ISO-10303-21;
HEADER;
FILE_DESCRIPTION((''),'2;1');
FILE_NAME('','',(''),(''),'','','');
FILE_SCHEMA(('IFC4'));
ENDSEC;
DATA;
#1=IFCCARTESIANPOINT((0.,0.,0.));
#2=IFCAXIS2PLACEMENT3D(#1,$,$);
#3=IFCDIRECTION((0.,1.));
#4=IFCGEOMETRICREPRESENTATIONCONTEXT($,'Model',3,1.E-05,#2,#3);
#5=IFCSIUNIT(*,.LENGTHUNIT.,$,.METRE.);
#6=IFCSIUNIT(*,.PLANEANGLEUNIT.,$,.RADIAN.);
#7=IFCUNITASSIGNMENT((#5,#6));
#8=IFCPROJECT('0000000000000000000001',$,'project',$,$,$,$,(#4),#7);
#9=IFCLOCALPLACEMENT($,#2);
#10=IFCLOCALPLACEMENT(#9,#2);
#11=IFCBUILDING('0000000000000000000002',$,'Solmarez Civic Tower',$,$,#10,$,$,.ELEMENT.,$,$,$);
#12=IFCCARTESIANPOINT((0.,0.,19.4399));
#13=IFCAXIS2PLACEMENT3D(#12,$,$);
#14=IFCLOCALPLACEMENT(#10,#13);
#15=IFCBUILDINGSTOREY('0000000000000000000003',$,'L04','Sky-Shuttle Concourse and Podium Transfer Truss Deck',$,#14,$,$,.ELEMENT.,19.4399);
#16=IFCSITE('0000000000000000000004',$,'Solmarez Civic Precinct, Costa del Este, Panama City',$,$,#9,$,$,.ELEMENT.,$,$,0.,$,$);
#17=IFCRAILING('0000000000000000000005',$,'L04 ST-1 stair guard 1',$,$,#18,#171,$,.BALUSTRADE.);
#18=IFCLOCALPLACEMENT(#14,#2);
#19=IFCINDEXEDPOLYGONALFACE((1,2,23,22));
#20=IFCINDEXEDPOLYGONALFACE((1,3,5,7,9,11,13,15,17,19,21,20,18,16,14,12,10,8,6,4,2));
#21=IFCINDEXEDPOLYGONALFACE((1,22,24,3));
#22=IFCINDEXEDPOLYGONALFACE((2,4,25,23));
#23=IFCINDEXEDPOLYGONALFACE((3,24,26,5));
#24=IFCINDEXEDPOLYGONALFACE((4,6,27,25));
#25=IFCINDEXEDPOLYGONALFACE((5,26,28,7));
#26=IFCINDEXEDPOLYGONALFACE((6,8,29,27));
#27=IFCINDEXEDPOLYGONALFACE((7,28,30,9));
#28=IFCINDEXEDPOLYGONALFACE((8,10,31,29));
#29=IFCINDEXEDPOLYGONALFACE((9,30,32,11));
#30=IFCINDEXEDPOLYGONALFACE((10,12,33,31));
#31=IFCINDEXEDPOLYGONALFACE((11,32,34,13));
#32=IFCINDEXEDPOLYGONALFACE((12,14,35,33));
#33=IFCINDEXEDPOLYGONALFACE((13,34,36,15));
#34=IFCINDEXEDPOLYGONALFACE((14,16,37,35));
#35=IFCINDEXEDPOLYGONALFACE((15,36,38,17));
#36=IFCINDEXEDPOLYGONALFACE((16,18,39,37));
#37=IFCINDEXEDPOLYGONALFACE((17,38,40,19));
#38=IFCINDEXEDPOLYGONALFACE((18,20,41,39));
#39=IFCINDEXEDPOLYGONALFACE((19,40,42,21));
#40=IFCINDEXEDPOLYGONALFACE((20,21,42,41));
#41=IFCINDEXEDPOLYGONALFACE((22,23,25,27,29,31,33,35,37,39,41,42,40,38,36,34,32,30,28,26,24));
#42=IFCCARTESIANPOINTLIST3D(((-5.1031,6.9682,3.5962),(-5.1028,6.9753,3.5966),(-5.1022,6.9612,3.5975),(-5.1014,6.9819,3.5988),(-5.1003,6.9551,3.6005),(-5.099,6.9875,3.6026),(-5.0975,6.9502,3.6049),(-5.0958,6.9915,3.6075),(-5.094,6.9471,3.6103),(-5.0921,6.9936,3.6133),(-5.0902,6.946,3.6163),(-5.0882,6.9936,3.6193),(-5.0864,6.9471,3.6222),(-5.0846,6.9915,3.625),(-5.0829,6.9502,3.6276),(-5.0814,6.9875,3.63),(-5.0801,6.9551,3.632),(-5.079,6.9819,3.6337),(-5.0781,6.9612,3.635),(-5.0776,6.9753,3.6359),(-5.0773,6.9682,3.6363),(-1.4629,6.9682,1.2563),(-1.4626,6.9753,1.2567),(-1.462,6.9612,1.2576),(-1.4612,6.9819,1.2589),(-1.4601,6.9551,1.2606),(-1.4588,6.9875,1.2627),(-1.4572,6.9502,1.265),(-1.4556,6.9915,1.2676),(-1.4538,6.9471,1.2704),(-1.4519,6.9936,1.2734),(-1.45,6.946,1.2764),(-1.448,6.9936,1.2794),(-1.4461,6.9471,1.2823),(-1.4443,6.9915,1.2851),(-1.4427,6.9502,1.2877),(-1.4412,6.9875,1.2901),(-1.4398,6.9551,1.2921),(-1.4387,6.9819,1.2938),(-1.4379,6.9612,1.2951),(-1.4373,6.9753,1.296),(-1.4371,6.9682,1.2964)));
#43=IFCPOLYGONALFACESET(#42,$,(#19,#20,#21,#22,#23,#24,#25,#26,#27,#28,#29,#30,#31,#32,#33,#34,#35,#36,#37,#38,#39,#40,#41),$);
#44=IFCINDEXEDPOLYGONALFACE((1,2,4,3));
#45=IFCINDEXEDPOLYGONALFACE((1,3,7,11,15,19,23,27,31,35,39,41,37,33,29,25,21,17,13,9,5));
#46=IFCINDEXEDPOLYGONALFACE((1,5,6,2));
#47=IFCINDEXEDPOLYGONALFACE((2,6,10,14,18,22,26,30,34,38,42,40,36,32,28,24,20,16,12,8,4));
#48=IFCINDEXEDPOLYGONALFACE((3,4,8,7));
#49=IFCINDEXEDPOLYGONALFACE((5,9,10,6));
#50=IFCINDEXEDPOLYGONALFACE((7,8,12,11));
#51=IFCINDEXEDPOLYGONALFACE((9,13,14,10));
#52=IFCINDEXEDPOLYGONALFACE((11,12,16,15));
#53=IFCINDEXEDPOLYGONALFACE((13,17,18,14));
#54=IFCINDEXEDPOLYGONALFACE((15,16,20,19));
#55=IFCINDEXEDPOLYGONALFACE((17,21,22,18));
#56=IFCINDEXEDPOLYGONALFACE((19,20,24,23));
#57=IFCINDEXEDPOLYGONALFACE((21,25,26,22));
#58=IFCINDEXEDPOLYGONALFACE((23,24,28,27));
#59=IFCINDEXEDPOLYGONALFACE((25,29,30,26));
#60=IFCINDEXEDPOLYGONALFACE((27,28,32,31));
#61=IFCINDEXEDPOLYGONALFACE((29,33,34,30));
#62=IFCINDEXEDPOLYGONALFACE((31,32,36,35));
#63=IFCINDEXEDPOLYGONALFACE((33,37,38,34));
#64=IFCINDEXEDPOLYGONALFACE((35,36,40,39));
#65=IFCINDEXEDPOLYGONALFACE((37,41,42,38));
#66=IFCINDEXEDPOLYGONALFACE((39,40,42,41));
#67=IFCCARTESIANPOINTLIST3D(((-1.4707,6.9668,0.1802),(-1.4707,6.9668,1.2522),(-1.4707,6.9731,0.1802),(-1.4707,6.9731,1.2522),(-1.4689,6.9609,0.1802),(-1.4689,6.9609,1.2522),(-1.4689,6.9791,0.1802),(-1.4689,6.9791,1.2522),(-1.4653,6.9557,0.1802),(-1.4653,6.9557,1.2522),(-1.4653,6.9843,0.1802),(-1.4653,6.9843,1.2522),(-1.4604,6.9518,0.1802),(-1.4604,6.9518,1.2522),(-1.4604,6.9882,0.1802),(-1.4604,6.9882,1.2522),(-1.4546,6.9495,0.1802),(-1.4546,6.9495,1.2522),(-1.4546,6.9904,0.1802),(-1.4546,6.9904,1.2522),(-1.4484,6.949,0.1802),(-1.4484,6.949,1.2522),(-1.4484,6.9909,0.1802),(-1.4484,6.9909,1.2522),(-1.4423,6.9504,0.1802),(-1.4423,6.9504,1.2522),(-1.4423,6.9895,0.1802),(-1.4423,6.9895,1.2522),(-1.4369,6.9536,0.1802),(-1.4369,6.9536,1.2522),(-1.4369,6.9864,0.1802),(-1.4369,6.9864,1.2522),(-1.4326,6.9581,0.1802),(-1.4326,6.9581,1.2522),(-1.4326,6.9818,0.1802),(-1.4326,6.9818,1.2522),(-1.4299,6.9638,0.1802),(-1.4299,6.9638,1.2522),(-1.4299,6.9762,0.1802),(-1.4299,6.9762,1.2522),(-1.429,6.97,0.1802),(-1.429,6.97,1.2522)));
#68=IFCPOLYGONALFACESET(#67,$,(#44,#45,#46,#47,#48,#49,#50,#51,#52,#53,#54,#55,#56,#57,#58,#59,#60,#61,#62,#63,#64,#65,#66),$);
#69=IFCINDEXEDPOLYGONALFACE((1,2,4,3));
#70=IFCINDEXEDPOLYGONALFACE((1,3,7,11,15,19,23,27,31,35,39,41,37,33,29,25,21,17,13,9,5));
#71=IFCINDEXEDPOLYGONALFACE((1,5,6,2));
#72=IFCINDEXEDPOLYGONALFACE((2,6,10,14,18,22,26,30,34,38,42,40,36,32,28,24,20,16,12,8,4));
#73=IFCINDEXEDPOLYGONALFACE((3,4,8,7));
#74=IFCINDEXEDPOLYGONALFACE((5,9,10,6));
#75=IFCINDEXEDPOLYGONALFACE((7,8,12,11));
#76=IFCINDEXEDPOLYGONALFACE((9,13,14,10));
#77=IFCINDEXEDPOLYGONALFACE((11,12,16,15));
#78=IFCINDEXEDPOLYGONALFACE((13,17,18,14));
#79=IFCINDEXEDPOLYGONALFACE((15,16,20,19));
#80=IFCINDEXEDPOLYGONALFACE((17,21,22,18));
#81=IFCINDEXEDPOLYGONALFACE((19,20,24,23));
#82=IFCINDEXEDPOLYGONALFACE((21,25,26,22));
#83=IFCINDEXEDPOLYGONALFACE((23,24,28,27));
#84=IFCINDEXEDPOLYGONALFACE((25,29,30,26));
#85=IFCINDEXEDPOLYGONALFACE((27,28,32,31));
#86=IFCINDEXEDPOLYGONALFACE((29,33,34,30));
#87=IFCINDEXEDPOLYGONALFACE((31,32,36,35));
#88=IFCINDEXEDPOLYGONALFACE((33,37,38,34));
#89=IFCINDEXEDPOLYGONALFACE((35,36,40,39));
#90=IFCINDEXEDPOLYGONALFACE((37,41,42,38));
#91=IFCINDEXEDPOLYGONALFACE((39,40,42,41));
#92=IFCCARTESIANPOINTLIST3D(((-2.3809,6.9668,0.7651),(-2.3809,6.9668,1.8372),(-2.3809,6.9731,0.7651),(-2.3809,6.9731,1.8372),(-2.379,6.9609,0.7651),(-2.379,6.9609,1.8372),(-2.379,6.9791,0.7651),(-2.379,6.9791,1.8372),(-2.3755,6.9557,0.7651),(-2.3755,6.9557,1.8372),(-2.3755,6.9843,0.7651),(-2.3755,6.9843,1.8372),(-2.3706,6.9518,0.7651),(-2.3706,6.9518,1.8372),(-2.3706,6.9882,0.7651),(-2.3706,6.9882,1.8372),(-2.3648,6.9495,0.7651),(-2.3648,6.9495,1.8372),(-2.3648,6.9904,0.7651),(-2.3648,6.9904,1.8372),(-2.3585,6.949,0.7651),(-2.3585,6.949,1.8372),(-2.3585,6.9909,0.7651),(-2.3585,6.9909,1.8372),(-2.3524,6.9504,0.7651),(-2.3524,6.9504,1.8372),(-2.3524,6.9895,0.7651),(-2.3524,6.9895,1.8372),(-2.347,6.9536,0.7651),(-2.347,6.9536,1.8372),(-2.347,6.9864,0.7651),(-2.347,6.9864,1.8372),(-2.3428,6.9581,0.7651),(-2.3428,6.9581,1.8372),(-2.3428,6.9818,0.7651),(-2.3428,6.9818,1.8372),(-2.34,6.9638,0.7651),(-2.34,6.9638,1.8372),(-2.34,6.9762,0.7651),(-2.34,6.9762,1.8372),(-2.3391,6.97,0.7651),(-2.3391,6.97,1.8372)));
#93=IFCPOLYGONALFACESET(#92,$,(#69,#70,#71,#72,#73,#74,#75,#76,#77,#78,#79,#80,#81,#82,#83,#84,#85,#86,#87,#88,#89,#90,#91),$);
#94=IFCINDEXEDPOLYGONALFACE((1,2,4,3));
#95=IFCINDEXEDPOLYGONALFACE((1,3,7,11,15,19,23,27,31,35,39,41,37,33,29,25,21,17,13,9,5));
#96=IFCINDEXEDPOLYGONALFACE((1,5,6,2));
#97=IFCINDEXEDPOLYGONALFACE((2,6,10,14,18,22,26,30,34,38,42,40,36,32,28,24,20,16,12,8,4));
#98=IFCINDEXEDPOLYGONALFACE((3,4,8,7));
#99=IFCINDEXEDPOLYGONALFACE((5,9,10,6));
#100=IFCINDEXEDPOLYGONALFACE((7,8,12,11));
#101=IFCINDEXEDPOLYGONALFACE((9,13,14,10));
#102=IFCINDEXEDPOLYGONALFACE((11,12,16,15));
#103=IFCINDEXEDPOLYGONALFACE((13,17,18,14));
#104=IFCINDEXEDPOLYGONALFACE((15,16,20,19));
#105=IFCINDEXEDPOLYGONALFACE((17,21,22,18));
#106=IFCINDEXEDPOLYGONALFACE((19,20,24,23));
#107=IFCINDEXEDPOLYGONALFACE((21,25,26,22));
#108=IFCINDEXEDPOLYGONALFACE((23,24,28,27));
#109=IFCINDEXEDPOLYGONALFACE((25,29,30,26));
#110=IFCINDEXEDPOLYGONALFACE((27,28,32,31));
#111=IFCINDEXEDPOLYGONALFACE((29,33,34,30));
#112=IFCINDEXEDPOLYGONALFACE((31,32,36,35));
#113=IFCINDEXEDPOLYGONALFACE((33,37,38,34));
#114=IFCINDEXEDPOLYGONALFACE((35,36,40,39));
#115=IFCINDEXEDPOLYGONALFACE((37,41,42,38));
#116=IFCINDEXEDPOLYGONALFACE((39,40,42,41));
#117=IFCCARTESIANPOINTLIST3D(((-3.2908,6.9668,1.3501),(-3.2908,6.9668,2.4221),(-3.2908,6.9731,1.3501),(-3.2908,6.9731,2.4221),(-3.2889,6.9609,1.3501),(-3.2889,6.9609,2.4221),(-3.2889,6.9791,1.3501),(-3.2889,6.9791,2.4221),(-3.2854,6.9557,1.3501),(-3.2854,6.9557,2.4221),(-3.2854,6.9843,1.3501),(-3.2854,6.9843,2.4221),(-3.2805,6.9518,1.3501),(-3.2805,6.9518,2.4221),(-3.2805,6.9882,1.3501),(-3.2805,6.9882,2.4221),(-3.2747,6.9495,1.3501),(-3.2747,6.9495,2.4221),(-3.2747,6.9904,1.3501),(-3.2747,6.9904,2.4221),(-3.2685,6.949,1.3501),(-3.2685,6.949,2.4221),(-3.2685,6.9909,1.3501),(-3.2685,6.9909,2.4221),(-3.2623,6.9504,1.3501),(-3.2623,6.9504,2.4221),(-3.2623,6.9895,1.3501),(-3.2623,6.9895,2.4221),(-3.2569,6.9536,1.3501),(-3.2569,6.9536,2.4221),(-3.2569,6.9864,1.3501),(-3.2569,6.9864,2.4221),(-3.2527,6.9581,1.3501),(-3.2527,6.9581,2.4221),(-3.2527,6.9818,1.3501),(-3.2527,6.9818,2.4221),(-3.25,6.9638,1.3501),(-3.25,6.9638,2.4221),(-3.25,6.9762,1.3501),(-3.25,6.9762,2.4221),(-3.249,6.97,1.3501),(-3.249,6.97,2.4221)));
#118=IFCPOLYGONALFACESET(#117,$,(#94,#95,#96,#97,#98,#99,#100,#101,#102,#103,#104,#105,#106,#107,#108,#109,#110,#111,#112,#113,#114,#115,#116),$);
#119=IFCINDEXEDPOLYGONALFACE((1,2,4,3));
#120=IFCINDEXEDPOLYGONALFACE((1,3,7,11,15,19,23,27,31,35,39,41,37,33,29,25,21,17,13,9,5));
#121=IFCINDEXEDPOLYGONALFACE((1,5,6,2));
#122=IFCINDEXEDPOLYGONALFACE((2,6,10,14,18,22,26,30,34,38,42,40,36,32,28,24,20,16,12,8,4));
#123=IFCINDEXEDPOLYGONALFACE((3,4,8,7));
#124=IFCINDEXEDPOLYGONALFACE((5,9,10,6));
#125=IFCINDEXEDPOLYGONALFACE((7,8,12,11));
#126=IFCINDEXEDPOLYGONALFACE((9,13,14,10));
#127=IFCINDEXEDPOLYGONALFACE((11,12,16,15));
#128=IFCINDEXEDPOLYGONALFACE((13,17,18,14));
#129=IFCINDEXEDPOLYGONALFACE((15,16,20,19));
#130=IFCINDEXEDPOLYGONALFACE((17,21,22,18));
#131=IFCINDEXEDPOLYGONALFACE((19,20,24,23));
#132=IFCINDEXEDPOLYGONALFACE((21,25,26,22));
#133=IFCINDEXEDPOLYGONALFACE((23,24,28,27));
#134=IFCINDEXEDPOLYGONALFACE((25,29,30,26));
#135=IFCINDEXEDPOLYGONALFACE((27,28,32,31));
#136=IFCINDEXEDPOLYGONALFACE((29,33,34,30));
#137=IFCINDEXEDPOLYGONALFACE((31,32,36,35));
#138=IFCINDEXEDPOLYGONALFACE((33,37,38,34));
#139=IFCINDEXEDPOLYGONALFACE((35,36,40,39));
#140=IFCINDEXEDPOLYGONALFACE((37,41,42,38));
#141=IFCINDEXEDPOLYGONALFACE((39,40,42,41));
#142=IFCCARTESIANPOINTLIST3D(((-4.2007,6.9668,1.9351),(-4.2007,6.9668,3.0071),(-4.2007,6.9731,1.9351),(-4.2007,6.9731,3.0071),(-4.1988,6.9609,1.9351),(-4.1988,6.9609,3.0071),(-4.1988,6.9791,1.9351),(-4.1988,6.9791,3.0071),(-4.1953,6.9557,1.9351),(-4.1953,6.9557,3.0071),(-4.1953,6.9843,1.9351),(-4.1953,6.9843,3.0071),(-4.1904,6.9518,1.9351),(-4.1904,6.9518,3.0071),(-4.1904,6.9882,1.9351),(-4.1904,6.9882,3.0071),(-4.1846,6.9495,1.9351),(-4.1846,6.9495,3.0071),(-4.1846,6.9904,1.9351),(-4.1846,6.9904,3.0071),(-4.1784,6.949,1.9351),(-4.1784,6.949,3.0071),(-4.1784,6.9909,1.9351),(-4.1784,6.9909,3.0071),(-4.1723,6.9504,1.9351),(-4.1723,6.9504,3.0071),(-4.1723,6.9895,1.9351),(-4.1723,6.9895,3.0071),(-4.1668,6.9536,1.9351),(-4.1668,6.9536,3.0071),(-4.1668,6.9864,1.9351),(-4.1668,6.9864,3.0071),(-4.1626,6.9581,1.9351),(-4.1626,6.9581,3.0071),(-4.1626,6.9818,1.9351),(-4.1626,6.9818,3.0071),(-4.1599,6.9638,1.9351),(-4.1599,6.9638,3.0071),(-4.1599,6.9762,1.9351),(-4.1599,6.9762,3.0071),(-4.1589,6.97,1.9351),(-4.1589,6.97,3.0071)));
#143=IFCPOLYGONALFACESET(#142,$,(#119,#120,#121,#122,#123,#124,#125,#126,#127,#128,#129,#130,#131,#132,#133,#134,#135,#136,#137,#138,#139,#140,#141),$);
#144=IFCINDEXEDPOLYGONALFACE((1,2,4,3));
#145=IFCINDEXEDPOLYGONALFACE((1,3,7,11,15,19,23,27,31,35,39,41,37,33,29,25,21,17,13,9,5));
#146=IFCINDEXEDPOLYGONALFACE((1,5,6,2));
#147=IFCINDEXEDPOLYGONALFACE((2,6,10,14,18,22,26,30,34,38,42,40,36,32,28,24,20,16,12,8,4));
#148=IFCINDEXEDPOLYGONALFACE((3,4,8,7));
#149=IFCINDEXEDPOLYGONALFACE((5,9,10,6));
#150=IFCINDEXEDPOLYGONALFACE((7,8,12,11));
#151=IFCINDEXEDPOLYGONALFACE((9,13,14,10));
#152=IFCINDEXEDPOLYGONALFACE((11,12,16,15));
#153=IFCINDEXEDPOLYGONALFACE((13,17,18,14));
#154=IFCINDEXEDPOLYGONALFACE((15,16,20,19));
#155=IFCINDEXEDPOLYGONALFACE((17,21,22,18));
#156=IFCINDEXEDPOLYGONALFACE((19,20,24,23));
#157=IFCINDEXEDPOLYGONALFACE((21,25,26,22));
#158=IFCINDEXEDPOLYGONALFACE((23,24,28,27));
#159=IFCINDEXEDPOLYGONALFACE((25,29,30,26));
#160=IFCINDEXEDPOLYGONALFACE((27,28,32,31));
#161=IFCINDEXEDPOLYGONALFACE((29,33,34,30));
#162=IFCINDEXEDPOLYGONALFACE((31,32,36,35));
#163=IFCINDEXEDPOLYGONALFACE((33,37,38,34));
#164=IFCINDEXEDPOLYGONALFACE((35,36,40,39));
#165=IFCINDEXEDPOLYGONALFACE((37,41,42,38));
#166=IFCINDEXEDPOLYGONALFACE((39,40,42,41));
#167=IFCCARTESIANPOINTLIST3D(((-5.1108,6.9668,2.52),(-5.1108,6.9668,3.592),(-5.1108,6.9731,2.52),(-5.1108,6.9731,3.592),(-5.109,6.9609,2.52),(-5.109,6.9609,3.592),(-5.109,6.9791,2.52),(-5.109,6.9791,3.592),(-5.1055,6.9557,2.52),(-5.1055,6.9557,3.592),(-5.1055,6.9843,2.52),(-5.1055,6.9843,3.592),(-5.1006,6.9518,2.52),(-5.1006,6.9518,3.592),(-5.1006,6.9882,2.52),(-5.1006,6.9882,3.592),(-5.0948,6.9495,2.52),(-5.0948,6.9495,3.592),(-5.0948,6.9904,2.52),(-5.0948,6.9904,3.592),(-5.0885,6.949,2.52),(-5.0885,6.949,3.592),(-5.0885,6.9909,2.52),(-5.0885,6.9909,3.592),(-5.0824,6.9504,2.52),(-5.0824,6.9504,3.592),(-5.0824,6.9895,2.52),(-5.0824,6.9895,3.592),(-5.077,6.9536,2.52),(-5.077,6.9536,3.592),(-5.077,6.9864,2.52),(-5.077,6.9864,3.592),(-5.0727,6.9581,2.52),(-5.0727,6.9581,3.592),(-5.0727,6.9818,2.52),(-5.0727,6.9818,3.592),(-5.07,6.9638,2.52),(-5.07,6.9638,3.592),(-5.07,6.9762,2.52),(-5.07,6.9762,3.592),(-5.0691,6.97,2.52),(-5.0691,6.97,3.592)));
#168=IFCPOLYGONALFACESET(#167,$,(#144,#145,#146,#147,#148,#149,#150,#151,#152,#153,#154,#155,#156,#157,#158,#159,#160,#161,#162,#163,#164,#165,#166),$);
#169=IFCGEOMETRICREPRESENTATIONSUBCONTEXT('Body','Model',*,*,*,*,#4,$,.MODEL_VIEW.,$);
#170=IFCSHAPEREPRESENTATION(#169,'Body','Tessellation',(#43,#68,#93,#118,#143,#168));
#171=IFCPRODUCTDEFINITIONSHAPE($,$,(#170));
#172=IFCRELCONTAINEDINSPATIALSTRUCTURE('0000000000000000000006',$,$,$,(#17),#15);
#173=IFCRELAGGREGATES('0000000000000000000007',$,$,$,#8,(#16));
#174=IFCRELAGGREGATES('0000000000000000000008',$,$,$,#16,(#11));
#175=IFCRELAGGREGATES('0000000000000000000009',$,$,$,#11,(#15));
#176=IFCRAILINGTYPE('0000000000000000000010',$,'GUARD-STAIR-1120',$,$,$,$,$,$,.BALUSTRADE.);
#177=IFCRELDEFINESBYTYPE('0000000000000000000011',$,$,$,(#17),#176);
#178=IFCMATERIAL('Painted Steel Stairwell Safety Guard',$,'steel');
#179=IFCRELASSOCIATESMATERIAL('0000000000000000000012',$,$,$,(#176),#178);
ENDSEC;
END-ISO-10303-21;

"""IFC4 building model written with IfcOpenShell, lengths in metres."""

from ifc_helpers import new_model, si_unit, direction, frame, origin, origin_2d, place, context, subcontext, project, spatial, circle, extrude, material, type_object, element, save


model = new_model("IFC4")

# Units and contexts
model_context = context("Model", 3, precision=1e-05, world=origin(), true_north=direction((0.0, 1.0)))
body_context = subcontext(model_context, "Body", "Model", "MODEL_VIEW")
ifc_project = project(units=[si_unit("LENGTHUNIT", "METRE"), si_unit("PLANEANGLEUNIT", "RADIAN")], contexts=[model_context])

# Site, building, storey
site_placement = place(None, origin())
site = spatial("IfcSite", under=ifc_project, at=site_placement, Name="Solmarez Civic Precinct, Costa del Este, Panama City", CompositionType="ELEMENT", RefElevation=0.0)
building_placement = place(site_placement, origin())
building = spatial("IfcBuilding", under=site, at=building_placement, Name="Solmarez Civic Tower", CompositionType="ELEMENT")
storey_placement = place(building_placement, frame((0.0, 0.0, 19.4399)))
storey = spatial("IfcBuildingStorey", under=building, at=storey_placement, Name="L04", Description="Sky-Shuttle Concourse and Podium Transfer Truss Deck", CompositionType="ELEMENT", Elevation=19.4399)

# Railing
ifc_material_1 = material(Name="Painted Steel Stairwell Safety Guard", Category="steel")
railing_type_1 = type_object("IfcRailingType", Name="GUARD-STAIR-1120", PredefinedType="BALUSTRADE", material=ifc_material_1)
railing_1_placement = place(storey_placement, frame((-1.45, 6.97, 0.1802)))
element("IfcRailing", 1, at=railing_1_placement, inside=storey, type_object=railing_type_1, Name="L04 ST-1 stair guard 1", PredefinedType="BALUSTRADE", context=body_context, shape_type="SweptSolid", body=[
    extrude(circle(Radius=0.0239, at=origin_2d()), frame((0.0, 0.0, 1.0962), z_axis=(-0.841204, 0.0, 0.540718), x_axis=(0.0, -1.0, 0.0)), (0.0, 0.0, 1.0), 4.3274),
    extrude(circle(Radius=0.021, at=origin_2d()), origin(), (0.0, 0.0, 1.0), 1.072),
    extrude(circle(Radius=0.021, at=origin_2d()), frame((-0.9102, 0.0, 0.585)), (0.0, 0.0, 1.0), 1.072),
    extrude(circle(Radius=0.021, at=origin_2d()), frame((-1.8201, 0.0, 1.1699)), (0.0, 0.0, 1.0), 1.072),
    extrude(circle(Radius=0.021, at=origin_2d()), frame((-2.73, 0.0, 1.7549)), (0.0, 0.0, 1.0), 1.072),
    extrude(circle(Radius=0.021, at=origin_2d()), frame((-3.6401, 0.0, 2.3398)), (0.0, 0.0, 1.0), 1.072),
])

save(model, "model.ifc")
